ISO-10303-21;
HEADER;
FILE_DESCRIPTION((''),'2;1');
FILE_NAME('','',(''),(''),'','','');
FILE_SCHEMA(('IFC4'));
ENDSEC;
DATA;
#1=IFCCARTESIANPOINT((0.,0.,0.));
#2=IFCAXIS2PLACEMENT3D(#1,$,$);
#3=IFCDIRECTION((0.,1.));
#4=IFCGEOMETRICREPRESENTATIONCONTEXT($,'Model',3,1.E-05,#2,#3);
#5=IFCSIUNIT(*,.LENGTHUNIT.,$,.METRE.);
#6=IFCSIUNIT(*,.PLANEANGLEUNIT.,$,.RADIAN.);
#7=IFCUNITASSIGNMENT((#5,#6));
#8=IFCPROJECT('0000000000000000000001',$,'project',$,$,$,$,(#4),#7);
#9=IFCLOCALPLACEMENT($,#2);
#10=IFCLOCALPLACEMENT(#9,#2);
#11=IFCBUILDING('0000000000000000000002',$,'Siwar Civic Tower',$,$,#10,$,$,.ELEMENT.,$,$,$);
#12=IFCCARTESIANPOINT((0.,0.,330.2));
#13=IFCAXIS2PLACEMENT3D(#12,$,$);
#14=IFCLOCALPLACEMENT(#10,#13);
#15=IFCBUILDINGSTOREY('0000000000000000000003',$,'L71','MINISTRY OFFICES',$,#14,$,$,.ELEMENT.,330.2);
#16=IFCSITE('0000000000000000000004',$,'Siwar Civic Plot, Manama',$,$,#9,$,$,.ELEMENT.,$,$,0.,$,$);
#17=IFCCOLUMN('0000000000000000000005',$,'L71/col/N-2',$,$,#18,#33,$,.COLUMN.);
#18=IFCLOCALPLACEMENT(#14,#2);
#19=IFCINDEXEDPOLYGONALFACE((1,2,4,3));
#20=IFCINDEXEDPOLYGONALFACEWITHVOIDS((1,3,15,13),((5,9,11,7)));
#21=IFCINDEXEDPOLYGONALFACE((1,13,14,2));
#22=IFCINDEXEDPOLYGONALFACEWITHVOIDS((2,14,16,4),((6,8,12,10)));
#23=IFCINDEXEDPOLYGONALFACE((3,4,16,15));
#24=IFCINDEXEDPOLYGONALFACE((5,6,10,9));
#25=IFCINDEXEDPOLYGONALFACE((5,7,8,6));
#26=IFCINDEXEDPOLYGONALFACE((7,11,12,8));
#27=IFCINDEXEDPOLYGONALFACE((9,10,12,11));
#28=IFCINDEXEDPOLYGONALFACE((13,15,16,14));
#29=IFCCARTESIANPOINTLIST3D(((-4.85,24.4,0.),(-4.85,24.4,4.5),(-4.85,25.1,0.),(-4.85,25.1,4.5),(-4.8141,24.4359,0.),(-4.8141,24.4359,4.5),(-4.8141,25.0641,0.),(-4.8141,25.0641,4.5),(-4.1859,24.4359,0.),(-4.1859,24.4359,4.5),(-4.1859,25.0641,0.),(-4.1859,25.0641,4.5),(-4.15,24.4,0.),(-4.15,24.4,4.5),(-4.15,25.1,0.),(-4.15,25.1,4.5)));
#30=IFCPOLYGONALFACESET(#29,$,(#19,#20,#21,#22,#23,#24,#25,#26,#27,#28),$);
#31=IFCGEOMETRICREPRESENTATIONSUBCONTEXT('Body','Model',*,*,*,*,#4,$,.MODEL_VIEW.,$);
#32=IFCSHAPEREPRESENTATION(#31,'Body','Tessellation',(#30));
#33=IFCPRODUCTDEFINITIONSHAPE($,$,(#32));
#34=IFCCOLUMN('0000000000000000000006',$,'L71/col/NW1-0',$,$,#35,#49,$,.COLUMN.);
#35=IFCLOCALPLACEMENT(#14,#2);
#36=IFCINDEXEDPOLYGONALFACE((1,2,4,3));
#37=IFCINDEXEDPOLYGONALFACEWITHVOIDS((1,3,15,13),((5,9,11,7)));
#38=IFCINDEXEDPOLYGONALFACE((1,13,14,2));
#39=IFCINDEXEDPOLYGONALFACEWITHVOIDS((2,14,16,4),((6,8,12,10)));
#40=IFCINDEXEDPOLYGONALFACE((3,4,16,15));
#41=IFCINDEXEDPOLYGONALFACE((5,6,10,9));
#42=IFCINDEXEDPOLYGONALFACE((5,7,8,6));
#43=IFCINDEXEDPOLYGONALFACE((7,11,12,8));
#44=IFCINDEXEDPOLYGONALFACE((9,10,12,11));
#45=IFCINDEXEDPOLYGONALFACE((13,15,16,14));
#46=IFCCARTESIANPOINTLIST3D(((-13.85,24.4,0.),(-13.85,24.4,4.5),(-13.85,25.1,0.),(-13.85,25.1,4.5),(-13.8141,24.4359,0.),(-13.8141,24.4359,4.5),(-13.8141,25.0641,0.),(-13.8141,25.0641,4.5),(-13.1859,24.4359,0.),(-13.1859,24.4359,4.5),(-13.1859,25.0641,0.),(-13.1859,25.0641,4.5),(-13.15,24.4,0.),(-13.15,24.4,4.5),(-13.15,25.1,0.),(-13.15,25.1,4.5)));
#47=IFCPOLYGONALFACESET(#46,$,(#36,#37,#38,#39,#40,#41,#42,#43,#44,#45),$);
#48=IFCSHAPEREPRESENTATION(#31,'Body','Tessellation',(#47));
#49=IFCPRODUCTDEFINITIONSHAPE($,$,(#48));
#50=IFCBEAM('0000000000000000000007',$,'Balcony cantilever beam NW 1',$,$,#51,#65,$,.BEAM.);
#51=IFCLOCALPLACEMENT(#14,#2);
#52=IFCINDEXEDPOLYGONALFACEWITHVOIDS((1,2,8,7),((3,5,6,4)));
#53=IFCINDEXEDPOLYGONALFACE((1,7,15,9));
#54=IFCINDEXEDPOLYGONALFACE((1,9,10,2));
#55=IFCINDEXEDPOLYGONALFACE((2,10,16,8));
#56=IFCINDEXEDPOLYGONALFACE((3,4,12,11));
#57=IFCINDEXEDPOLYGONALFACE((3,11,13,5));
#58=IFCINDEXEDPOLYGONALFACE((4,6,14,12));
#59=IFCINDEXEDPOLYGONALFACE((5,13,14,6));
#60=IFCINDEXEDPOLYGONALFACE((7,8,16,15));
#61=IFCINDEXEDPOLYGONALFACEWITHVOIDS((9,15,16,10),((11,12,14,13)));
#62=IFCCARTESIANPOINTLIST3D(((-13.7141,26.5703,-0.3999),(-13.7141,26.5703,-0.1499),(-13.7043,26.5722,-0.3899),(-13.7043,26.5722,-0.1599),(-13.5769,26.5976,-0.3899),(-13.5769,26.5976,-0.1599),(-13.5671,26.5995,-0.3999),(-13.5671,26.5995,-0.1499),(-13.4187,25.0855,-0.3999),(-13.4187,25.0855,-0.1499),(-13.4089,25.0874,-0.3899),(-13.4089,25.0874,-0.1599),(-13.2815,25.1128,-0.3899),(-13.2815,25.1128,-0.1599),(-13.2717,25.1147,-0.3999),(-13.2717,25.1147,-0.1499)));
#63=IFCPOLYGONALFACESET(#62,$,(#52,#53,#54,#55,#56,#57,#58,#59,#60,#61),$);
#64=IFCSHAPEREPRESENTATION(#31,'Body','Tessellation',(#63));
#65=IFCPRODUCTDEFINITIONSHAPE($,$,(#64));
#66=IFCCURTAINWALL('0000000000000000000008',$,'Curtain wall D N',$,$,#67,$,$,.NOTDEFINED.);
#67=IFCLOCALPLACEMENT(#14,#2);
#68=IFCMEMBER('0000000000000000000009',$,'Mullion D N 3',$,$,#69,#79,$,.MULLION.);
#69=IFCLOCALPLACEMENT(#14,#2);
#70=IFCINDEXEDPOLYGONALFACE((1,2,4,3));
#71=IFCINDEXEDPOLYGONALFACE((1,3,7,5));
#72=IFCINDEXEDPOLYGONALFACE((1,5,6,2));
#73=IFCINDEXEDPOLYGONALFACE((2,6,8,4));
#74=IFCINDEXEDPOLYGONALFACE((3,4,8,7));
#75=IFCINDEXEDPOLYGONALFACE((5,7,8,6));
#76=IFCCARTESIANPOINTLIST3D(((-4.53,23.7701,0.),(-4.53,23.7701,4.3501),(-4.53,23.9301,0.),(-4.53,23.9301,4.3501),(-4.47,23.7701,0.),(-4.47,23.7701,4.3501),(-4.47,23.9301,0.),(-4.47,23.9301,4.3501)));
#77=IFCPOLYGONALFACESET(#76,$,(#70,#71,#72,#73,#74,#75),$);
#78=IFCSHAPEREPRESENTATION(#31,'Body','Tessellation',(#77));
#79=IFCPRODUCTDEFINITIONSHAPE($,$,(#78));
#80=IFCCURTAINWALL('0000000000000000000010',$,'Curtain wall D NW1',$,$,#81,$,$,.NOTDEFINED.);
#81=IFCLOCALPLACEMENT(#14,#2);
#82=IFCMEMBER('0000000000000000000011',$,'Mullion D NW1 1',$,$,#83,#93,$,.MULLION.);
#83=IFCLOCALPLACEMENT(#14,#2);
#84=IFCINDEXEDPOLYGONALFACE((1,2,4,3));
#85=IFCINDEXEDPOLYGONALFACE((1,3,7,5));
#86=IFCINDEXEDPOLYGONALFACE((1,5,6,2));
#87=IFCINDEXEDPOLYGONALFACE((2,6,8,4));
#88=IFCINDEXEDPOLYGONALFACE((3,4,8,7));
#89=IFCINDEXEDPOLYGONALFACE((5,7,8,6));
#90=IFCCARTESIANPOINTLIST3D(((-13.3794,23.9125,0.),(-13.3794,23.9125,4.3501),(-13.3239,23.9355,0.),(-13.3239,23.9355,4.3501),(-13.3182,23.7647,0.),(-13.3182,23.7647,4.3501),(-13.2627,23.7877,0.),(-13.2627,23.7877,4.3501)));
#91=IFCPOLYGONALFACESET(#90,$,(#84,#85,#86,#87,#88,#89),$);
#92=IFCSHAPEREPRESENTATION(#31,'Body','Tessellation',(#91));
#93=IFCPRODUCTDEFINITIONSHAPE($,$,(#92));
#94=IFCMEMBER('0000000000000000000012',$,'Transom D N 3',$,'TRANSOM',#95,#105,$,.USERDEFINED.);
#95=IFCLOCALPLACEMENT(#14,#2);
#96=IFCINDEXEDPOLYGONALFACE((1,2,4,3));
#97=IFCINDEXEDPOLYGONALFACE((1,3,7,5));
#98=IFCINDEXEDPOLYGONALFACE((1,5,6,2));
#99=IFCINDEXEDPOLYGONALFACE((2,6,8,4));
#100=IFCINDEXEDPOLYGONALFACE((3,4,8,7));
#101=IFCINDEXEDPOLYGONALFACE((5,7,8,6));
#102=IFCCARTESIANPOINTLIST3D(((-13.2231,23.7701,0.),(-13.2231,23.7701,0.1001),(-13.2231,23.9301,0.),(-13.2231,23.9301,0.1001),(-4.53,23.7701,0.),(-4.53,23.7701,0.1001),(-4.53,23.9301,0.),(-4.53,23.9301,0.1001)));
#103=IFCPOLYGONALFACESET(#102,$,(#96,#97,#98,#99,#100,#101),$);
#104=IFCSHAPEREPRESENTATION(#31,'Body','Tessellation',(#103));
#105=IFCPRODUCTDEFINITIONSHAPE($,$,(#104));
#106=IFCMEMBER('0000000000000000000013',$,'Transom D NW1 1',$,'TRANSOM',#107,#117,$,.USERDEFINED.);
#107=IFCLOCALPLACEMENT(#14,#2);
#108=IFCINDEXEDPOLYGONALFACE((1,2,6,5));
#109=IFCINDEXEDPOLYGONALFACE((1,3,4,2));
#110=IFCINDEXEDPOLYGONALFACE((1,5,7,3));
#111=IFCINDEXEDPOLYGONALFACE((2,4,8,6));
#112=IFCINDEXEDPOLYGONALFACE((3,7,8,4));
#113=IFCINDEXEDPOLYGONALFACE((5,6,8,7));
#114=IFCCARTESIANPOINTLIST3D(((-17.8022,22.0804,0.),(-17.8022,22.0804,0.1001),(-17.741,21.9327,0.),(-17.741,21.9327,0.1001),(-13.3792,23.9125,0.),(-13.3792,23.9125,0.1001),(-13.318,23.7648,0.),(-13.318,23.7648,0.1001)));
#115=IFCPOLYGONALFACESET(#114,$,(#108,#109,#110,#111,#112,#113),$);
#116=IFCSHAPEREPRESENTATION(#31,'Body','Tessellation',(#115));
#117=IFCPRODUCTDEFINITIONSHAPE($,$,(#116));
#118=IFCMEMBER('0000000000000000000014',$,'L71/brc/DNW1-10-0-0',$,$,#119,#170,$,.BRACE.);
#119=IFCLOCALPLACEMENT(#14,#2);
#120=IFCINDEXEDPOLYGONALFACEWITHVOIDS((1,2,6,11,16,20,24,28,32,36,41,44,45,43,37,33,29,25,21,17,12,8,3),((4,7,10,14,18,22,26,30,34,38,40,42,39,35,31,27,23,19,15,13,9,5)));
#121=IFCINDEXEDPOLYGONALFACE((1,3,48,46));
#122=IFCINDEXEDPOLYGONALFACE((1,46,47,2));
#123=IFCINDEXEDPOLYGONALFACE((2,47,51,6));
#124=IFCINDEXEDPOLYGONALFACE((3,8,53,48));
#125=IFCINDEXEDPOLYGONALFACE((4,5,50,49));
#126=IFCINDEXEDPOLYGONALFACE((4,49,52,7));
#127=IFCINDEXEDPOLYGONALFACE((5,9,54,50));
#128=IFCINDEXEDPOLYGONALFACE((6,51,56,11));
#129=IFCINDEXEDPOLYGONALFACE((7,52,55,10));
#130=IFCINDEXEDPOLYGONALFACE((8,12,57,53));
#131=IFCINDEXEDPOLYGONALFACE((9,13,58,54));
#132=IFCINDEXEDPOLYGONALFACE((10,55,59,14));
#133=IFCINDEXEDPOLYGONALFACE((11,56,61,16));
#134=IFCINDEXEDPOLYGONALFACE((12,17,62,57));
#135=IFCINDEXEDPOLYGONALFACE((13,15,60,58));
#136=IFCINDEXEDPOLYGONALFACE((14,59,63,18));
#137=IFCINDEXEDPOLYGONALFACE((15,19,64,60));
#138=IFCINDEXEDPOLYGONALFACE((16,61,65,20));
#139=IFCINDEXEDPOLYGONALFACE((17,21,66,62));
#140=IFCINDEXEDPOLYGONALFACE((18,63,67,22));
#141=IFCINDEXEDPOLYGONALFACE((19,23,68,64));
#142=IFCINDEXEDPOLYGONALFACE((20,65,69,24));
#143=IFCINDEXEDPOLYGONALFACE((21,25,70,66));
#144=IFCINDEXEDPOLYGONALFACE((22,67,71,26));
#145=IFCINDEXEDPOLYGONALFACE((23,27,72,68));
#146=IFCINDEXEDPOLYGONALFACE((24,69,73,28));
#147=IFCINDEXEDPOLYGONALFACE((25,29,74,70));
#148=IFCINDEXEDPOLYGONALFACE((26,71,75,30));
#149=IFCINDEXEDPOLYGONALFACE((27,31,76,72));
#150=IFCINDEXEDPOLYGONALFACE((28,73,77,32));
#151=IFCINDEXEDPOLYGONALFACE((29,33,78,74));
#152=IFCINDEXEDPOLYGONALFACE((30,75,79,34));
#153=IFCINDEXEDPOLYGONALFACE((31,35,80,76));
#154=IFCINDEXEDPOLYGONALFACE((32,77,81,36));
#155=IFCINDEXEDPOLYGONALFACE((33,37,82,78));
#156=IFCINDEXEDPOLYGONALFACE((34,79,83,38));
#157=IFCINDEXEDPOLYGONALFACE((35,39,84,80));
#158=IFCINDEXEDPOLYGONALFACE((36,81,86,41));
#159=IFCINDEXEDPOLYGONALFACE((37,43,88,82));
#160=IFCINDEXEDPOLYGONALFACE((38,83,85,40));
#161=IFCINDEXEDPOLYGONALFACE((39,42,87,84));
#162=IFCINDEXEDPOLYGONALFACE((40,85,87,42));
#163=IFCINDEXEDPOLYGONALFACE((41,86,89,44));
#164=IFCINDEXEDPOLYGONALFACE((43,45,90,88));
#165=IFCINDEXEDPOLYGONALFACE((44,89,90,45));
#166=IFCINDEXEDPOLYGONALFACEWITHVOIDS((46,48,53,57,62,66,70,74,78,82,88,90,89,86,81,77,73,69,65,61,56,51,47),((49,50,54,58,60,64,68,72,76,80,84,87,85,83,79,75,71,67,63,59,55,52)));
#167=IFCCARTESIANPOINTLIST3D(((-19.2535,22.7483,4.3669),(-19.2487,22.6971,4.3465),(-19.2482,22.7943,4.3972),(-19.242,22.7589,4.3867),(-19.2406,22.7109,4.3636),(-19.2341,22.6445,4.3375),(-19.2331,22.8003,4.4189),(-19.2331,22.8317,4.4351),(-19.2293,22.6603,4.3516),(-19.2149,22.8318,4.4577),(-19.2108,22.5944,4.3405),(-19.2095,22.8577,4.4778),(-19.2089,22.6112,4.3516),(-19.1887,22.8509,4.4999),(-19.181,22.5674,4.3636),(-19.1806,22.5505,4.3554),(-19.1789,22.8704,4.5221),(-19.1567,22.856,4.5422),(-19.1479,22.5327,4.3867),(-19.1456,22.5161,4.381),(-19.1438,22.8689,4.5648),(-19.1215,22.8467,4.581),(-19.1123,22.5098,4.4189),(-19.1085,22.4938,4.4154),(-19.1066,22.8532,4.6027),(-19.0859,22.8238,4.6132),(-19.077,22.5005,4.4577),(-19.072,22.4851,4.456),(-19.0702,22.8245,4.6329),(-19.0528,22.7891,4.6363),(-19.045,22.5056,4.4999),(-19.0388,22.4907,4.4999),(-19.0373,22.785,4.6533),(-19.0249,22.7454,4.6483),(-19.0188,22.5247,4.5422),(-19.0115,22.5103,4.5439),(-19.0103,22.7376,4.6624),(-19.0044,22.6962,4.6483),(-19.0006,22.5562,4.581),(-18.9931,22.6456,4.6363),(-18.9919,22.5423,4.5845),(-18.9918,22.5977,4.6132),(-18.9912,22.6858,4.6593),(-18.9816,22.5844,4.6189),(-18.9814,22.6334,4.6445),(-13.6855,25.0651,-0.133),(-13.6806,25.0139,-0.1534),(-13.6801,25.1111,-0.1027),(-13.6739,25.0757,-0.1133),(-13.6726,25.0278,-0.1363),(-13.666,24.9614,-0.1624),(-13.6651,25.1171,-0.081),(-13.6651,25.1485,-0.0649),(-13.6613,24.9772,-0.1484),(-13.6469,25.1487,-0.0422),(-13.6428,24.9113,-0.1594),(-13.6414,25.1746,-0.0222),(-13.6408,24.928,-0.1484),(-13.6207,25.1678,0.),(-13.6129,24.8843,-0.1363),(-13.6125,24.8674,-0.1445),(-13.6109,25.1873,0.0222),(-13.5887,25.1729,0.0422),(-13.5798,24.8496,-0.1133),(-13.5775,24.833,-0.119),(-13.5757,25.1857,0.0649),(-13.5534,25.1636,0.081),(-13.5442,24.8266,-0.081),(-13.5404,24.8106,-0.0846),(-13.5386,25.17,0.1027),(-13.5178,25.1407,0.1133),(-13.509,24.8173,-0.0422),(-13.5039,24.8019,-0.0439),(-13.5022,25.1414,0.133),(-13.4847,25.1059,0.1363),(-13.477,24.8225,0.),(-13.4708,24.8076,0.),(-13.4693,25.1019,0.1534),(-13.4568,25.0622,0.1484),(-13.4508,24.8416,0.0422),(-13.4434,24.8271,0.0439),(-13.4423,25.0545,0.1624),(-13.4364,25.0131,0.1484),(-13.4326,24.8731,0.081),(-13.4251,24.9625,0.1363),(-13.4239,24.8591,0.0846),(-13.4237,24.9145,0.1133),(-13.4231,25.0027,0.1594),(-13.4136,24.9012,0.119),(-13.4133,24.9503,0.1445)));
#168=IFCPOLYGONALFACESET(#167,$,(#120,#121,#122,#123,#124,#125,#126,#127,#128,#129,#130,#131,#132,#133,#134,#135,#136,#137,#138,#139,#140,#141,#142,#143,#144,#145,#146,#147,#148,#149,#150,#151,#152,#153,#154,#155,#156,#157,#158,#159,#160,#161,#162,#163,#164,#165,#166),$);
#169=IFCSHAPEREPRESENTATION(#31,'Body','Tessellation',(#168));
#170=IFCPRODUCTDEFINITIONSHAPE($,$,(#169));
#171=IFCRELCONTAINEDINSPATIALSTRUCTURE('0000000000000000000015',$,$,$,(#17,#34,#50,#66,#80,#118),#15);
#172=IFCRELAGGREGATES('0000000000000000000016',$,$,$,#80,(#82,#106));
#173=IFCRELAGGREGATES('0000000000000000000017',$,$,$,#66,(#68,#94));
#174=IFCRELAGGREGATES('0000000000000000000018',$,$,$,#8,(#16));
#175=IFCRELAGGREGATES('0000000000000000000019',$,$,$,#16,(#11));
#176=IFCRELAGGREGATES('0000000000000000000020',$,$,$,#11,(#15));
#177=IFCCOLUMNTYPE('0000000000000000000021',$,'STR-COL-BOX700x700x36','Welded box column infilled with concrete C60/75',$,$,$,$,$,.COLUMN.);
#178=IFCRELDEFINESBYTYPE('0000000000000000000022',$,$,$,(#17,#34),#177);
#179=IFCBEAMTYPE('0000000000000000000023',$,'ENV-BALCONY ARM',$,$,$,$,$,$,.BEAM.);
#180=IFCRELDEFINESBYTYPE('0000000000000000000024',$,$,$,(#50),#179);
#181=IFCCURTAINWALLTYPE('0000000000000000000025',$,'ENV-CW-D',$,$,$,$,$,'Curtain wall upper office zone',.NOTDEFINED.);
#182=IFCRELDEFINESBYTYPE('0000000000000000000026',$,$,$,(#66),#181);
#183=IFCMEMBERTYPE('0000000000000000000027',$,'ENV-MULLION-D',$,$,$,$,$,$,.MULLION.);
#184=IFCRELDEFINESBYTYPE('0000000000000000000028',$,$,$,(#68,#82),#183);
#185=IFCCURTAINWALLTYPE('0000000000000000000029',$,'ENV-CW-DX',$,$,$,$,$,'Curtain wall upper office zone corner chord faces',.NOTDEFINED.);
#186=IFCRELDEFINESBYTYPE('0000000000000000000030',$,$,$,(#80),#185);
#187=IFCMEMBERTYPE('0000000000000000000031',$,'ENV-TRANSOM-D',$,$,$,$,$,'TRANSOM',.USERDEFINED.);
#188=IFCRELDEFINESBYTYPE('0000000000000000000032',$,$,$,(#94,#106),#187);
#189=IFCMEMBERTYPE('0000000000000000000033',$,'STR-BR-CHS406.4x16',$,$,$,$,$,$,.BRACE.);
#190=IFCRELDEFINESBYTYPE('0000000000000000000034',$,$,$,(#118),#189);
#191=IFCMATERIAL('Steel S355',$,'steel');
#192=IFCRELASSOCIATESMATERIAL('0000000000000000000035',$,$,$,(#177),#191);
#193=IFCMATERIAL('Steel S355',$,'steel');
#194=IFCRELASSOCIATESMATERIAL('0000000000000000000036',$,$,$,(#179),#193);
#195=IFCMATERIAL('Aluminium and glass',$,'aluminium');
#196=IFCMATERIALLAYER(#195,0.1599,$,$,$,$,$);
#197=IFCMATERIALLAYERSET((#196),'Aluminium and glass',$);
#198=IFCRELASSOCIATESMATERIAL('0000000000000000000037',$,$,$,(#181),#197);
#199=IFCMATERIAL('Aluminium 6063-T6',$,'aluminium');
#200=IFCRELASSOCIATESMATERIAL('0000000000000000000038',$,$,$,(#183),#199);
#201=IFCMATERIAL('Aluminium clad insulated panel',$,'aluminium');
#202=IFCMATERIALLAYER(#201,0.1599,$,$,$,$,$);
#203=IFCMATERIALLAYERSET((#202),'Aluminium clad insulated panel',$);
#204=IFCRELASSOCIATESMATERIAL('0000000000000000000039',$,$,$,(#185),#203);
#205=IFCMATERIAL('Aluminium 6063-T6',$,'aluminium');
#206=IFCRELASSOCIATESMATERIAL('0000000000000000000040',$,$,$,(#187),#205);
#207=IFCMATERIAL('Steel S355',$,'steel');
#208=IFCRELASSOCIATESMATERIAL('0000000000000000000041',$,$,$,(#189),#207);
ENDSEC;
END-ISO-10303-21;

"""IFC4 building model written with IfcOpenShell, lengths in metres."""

from ifc_helpers import new_model, si_unit, direction, frame, origin, origin_2d, place, context, subcontext, project, spatial, rectangle, hollow_rectangle, hollow_circle, extrude, material, layer, layer_set, material_profile, profile_set, type_object, element, aggregate, save


model = new_model("IFC4")

# Units and contexts
model_context = context("Model", 3, precision=1e-05, world=origin(), true_north=direction((0.0, 1.0)))
body_context = subcontext(model_context, "Body", "Model", "MODEL_VIEW")
ifc_project = project(units=[si_unit("LENGTHUNIT", "METRE"), si_unit("PLANEANGLEUNIT", "RADIAN")], contexts=[model_context])

# Site, building, storey
site_placement = place(None, origin())
site = spatial("IfcSite", under=ifc_project, at=site_placement, Name="Siwar Civic Plot, Manama", CompositionType="ELEMENT", RefElevation=0.0)
building_placement = place(site_placement, origin())
building = spatial("IfcBuilding", under=site, at=building_placement, Name="Siwar Civic Tower", CompositionType="ELEMENT")
storey_placement = place(building_placement, frame((0.0, 0.0, 330.2)))
storey = spatial("IfcBuildingStorey", under=building, at=storey_placement, Name="L71", Description="MINISTRY OFFICES", CompositionType="ELEMENT", Elevation=330.2)

# Columns
ifc_material_1 = material(Name="Steel S355", Category="steel")
ifc_material_profile_1 = material_profile(ifc_material_1, hollow_rectangle(XDim=0.7, YDim=0.7, WallThickness=0.0359, at=origin_2d()), Name="BOX700x700x36")
ifc_profile_set_1 = profile_set([ifc_material_profile_1], Name="Steel S355")
column_type = type_object("IfcColumnType", Name="STR-COL-BOX700x700x36", Description="Welded box column infilled with concrete C60/75", PredefinedType="COLUMN", material=ifc_profile_set_1)
for number, where, z_axis, x_axis, name in (
    (1, (-4.5, 24.75, 0.0), (0.0, 0.0, 1.0), (1.0, 0.0, 0.0), "L71/col/N-2"),
    (2, (-13.5, 24.75, 0.0), (0.0, 0.0, 1.0), (1.0, 0.0, 0.0), "L71/col/NW1-0"),
):
    element("IfcColumn", number, at=place(storey_placement, frame(where, z_axis=z_axis, x_axis=x_axis)), inside=storey, type_object=column_type, Name=name, PredefinedType="COLUMN", context=body_context, shape_type="SweptSolid", body=[
        extrude(hollow_rectangle(XDim=0.7, YDim=0.7, WallThickness=0.0359, at=origin_2d()), origin(), (0.0, 0.0, 1.0), 4.5),
    ])

# Beam
ifc_material_2 = material(Name="Steel S355", Category="steel")
ifc_material_profile_2 = material_profile(ifc_material_2, hollow_rectangle(XDim=0.1499, YDim=0.25, WallThickness=0.01, at=origin_2d()), Name="RHS250x150x10")
ifc_profile_set_2 = profile_set([ifc_material_profile_2], Name="Steel S355")
beam_type_1 = type_object("IfcBeamType", Name="ENV-BALCONY ARM", PredefinedType="BEAM", material=ifc_profile_set_2)
beam_1_placement = place(storey_placement, frame((-13.3452, 25.1001, -0.2749), z_axis=(-0.195124, 0.980779, 0.0), x_axis=(-0.980779, -0.195124, 0.0)))
element("IfcBeam", 3, at=beam_1_placement, inside=storey, type_object=beam_type_1, Name="Balcony cantilever beam NW 1", PredefinedType="BEAM", context=body_context, shape_type="SweptSolid", body=[
    extrude(hollow_rectangle(XDim=0.1499, YDim=0.25, WallThickness=0.01, at=origin_2d()), origin(), (0.0, 0.0, 1.0), 1.5139),
])

# Curtain walls, members
ifc_material_3 = material(Name="Aluminium and glass", Category="aluminium")
ifc_layer_1 = layer(ifc_material_3, 0.1599)
ifc_layer_set_1 = layer_set([ifc_layer_1], Name="Aluminium and glass")
curtain_wall_type_1 = type_object("IfcCurtainWallType", Name="ENV-CW-D", ElementType="Curtain wall upper office zone", PredefinedType="NOTDEFINED", material=ifc_layer_set_1)
curtain_wall_1_placement = place(storey_placement, origin())
curtain_wall_1 = element("IfcCurtainWall", 4, at=curtain_wall_1_placement, inside=storey, type_object=curtain_wall_type_1, Name="Curtain wall D N", PredefinedType="NOTDEFINED")
ifc_material_4 = material(Name="Aluminium 6063-T6", Category="aluminium")
ifc_material_profile_3 = material_profile(ifc_material_4, rectangle(XDim=0.1599, YDim=0.0601, at=origin_2d()), Name="AL 160x60")
ifc_profile_set_3 = profile_set([ifc_material_profile_3], Name="Aluminium 6063-T6")
member_type_1 = type_object("IfcMemberType", Name="ENV-MULLION-D", PredefinedType="MULLION", material=ifc_profile_set_3)
member_1_placement = place(storey_placement, frame((-4.5, 23.8501, 0.0), z_axis=(0.0, 0.0, 1.0), x_axis=(0.0, -1.0, 0.0)))
member_1 = element("IfcMember", 5, at=member_1_placement, type_object=member_type_1, Name="Mullion D N 3", PredefinedType="MULLION", context=body_context, shape_type="SweptSolid", body=[
    extrude(rectangle(XDim=0.1599, YDim=0.0601, at=origin_2d()), origin(), (0.0, 0.0, 1.0), 4.3501),
])
ifc_material_5 = material(Name="Aluminium clad insulated panel", Category="aluminium")
ifc_layer_2 = layer(ifc_material_5, 0.1599)
ifc_layer_set_2 = layer_set([ifc_layer_2], Name="Aluminium clad insulated panel")
curtain_wall_type_2 = type_object("IfcCurtainWallType", Name="ENV-CW-DX", ElementType="Curtain wall upper office zone corner chord faces", PredefinedType="NOTDEFINED", material=ifc_layer_set_2)
curtain_wall_2_placement = place(storey_placement, origin())
curtain_wall_2 = element("IfcCurtainWall", 6, at=curtain_wall_2_placement, inside=storey, type_object=curtain_wall_type_2, Name="Curtain wall D NW1", PredefinedType="NOTDEFINED")
member_2_placement = place(storey_placement, frame((-13.321, 23.8501, 0.0), z_axis=(0.0, 0.0, 1.0), x_axis=(0.382683, -0.92388, 0.0)))
member_2 = element("IfcMember", 7, at=member_2_placement, type_object=member_type_1, Name="Mullion D NW1 1", PredefinedType="MULLION", context=body_context, shape_type="SweptSolid", body=[
    extrude(rectangle(XDim=0.1599, YDim=0.0601, at=origin_2d()), origin(), (0.0, 0.0, 1.0), 4.3501),
])

# Members
ifc_material_6 = material(Name="Aluminium 6063-T6", Category="aluminium")
ifc_material_profile_4 = material_profile(ifc_material_6, rectangle(XDim=0.1599, YDim=0.1001, at=origin_2d()), Name="AL 160x100")
ifc_profile_set_4 = profile_set([ifc_material_profile_4], Name="Aluminium 6063-T6")
member_type_2 = type_object("IfcMemberType", Name="ENV-TRANSOM-D", ElementType="TRANSOM", PredefinedType="USERDEFINED", material=ifc_profile_set_4)
member_3_placement = place(storey_placement, frame((-4.53, 23.8501, 0.05), z_axis=(-1.0, 0.0, 0.0), x_axis=(0.0, -1.0, 0.0)))
member_3 = element("IfcMember", 8, at=member_3_placement, type_object=member_type_2, Name="Transom D N 3", ObjectType="TRANSOM", PredefinedType="USERDEFINED", context=body_context, shape_type="SweptSolid", body=[
    extrude(rectangle(XDim=0.1599, YDim=0.1001, at=origin_2d()), origin(), (0.0, 0.0, 1.0), 8.6931),
])
member_4_placement = place(storey_placement, frame((-13.3486, 23.8386, 0.05), z_axis=(-0.923878, -0.382688, 0.0), x_axis=(0.382688, -0.923878, 0.0)))
member_4 = element("IfcMember", 9, at=member_4_placement, type_object=member_type_2, Name="Transom D NW1 1", ObjectType="TRANSOM", PredefinedType="USERDEFINED", context=body_context, shape_type="SweptSolid", body=[
    extrude(rectangle(XDim=0.1599, YDim=0.1001, at=origin_2d()), origin(), (0.0, 0.0, 1.0), 4.7874),
])
aggregate(curtain_wall_2, [member_2, member_4])
ifc_material_7 = material(Name="Steel S355", Category="steel")
ifc_material_profile_5 = material_profile(ifc_material_7, hollow_circle(Radius=0.2031, WallThickness=0.0161, at=origin_2d()), Name="CHS406.4x16")
ifc_profile_set_5 = profile_set([ifc_material_profile_5], Name="Steel S355")
member_type_3 = type_object("IfcMemberType", Name="STR-BR-CHS406.4x16", PredefinedType="BRACE", material=ifc_profile_set_5)
member_5_placement = place(storey_placement, frame((-13.5488, 24.9951, 0.0), z_axis=(-0.739973, -0.307903, 0.598026), x_axis=(0.38417, -0.923262, 0.0)))
element("IfcMember", 10, at=member_5_placement, inside=storey, type_object=member_type_3, Name="L71/brc/DNW1-10-0-0", PredefinedType="BRACE", context=body_context, shape_type="SweptSolid", body=[
    extrude(hollow_circle(Radius=0.2031, WallThickness=0.0161, at=origin_2d()), origin(), (0.0, 0.0, 1.0), 7.5247),
])

aggregate(curtain_wall_1, [member_1, member_3])

save(model, "model.ifc")
